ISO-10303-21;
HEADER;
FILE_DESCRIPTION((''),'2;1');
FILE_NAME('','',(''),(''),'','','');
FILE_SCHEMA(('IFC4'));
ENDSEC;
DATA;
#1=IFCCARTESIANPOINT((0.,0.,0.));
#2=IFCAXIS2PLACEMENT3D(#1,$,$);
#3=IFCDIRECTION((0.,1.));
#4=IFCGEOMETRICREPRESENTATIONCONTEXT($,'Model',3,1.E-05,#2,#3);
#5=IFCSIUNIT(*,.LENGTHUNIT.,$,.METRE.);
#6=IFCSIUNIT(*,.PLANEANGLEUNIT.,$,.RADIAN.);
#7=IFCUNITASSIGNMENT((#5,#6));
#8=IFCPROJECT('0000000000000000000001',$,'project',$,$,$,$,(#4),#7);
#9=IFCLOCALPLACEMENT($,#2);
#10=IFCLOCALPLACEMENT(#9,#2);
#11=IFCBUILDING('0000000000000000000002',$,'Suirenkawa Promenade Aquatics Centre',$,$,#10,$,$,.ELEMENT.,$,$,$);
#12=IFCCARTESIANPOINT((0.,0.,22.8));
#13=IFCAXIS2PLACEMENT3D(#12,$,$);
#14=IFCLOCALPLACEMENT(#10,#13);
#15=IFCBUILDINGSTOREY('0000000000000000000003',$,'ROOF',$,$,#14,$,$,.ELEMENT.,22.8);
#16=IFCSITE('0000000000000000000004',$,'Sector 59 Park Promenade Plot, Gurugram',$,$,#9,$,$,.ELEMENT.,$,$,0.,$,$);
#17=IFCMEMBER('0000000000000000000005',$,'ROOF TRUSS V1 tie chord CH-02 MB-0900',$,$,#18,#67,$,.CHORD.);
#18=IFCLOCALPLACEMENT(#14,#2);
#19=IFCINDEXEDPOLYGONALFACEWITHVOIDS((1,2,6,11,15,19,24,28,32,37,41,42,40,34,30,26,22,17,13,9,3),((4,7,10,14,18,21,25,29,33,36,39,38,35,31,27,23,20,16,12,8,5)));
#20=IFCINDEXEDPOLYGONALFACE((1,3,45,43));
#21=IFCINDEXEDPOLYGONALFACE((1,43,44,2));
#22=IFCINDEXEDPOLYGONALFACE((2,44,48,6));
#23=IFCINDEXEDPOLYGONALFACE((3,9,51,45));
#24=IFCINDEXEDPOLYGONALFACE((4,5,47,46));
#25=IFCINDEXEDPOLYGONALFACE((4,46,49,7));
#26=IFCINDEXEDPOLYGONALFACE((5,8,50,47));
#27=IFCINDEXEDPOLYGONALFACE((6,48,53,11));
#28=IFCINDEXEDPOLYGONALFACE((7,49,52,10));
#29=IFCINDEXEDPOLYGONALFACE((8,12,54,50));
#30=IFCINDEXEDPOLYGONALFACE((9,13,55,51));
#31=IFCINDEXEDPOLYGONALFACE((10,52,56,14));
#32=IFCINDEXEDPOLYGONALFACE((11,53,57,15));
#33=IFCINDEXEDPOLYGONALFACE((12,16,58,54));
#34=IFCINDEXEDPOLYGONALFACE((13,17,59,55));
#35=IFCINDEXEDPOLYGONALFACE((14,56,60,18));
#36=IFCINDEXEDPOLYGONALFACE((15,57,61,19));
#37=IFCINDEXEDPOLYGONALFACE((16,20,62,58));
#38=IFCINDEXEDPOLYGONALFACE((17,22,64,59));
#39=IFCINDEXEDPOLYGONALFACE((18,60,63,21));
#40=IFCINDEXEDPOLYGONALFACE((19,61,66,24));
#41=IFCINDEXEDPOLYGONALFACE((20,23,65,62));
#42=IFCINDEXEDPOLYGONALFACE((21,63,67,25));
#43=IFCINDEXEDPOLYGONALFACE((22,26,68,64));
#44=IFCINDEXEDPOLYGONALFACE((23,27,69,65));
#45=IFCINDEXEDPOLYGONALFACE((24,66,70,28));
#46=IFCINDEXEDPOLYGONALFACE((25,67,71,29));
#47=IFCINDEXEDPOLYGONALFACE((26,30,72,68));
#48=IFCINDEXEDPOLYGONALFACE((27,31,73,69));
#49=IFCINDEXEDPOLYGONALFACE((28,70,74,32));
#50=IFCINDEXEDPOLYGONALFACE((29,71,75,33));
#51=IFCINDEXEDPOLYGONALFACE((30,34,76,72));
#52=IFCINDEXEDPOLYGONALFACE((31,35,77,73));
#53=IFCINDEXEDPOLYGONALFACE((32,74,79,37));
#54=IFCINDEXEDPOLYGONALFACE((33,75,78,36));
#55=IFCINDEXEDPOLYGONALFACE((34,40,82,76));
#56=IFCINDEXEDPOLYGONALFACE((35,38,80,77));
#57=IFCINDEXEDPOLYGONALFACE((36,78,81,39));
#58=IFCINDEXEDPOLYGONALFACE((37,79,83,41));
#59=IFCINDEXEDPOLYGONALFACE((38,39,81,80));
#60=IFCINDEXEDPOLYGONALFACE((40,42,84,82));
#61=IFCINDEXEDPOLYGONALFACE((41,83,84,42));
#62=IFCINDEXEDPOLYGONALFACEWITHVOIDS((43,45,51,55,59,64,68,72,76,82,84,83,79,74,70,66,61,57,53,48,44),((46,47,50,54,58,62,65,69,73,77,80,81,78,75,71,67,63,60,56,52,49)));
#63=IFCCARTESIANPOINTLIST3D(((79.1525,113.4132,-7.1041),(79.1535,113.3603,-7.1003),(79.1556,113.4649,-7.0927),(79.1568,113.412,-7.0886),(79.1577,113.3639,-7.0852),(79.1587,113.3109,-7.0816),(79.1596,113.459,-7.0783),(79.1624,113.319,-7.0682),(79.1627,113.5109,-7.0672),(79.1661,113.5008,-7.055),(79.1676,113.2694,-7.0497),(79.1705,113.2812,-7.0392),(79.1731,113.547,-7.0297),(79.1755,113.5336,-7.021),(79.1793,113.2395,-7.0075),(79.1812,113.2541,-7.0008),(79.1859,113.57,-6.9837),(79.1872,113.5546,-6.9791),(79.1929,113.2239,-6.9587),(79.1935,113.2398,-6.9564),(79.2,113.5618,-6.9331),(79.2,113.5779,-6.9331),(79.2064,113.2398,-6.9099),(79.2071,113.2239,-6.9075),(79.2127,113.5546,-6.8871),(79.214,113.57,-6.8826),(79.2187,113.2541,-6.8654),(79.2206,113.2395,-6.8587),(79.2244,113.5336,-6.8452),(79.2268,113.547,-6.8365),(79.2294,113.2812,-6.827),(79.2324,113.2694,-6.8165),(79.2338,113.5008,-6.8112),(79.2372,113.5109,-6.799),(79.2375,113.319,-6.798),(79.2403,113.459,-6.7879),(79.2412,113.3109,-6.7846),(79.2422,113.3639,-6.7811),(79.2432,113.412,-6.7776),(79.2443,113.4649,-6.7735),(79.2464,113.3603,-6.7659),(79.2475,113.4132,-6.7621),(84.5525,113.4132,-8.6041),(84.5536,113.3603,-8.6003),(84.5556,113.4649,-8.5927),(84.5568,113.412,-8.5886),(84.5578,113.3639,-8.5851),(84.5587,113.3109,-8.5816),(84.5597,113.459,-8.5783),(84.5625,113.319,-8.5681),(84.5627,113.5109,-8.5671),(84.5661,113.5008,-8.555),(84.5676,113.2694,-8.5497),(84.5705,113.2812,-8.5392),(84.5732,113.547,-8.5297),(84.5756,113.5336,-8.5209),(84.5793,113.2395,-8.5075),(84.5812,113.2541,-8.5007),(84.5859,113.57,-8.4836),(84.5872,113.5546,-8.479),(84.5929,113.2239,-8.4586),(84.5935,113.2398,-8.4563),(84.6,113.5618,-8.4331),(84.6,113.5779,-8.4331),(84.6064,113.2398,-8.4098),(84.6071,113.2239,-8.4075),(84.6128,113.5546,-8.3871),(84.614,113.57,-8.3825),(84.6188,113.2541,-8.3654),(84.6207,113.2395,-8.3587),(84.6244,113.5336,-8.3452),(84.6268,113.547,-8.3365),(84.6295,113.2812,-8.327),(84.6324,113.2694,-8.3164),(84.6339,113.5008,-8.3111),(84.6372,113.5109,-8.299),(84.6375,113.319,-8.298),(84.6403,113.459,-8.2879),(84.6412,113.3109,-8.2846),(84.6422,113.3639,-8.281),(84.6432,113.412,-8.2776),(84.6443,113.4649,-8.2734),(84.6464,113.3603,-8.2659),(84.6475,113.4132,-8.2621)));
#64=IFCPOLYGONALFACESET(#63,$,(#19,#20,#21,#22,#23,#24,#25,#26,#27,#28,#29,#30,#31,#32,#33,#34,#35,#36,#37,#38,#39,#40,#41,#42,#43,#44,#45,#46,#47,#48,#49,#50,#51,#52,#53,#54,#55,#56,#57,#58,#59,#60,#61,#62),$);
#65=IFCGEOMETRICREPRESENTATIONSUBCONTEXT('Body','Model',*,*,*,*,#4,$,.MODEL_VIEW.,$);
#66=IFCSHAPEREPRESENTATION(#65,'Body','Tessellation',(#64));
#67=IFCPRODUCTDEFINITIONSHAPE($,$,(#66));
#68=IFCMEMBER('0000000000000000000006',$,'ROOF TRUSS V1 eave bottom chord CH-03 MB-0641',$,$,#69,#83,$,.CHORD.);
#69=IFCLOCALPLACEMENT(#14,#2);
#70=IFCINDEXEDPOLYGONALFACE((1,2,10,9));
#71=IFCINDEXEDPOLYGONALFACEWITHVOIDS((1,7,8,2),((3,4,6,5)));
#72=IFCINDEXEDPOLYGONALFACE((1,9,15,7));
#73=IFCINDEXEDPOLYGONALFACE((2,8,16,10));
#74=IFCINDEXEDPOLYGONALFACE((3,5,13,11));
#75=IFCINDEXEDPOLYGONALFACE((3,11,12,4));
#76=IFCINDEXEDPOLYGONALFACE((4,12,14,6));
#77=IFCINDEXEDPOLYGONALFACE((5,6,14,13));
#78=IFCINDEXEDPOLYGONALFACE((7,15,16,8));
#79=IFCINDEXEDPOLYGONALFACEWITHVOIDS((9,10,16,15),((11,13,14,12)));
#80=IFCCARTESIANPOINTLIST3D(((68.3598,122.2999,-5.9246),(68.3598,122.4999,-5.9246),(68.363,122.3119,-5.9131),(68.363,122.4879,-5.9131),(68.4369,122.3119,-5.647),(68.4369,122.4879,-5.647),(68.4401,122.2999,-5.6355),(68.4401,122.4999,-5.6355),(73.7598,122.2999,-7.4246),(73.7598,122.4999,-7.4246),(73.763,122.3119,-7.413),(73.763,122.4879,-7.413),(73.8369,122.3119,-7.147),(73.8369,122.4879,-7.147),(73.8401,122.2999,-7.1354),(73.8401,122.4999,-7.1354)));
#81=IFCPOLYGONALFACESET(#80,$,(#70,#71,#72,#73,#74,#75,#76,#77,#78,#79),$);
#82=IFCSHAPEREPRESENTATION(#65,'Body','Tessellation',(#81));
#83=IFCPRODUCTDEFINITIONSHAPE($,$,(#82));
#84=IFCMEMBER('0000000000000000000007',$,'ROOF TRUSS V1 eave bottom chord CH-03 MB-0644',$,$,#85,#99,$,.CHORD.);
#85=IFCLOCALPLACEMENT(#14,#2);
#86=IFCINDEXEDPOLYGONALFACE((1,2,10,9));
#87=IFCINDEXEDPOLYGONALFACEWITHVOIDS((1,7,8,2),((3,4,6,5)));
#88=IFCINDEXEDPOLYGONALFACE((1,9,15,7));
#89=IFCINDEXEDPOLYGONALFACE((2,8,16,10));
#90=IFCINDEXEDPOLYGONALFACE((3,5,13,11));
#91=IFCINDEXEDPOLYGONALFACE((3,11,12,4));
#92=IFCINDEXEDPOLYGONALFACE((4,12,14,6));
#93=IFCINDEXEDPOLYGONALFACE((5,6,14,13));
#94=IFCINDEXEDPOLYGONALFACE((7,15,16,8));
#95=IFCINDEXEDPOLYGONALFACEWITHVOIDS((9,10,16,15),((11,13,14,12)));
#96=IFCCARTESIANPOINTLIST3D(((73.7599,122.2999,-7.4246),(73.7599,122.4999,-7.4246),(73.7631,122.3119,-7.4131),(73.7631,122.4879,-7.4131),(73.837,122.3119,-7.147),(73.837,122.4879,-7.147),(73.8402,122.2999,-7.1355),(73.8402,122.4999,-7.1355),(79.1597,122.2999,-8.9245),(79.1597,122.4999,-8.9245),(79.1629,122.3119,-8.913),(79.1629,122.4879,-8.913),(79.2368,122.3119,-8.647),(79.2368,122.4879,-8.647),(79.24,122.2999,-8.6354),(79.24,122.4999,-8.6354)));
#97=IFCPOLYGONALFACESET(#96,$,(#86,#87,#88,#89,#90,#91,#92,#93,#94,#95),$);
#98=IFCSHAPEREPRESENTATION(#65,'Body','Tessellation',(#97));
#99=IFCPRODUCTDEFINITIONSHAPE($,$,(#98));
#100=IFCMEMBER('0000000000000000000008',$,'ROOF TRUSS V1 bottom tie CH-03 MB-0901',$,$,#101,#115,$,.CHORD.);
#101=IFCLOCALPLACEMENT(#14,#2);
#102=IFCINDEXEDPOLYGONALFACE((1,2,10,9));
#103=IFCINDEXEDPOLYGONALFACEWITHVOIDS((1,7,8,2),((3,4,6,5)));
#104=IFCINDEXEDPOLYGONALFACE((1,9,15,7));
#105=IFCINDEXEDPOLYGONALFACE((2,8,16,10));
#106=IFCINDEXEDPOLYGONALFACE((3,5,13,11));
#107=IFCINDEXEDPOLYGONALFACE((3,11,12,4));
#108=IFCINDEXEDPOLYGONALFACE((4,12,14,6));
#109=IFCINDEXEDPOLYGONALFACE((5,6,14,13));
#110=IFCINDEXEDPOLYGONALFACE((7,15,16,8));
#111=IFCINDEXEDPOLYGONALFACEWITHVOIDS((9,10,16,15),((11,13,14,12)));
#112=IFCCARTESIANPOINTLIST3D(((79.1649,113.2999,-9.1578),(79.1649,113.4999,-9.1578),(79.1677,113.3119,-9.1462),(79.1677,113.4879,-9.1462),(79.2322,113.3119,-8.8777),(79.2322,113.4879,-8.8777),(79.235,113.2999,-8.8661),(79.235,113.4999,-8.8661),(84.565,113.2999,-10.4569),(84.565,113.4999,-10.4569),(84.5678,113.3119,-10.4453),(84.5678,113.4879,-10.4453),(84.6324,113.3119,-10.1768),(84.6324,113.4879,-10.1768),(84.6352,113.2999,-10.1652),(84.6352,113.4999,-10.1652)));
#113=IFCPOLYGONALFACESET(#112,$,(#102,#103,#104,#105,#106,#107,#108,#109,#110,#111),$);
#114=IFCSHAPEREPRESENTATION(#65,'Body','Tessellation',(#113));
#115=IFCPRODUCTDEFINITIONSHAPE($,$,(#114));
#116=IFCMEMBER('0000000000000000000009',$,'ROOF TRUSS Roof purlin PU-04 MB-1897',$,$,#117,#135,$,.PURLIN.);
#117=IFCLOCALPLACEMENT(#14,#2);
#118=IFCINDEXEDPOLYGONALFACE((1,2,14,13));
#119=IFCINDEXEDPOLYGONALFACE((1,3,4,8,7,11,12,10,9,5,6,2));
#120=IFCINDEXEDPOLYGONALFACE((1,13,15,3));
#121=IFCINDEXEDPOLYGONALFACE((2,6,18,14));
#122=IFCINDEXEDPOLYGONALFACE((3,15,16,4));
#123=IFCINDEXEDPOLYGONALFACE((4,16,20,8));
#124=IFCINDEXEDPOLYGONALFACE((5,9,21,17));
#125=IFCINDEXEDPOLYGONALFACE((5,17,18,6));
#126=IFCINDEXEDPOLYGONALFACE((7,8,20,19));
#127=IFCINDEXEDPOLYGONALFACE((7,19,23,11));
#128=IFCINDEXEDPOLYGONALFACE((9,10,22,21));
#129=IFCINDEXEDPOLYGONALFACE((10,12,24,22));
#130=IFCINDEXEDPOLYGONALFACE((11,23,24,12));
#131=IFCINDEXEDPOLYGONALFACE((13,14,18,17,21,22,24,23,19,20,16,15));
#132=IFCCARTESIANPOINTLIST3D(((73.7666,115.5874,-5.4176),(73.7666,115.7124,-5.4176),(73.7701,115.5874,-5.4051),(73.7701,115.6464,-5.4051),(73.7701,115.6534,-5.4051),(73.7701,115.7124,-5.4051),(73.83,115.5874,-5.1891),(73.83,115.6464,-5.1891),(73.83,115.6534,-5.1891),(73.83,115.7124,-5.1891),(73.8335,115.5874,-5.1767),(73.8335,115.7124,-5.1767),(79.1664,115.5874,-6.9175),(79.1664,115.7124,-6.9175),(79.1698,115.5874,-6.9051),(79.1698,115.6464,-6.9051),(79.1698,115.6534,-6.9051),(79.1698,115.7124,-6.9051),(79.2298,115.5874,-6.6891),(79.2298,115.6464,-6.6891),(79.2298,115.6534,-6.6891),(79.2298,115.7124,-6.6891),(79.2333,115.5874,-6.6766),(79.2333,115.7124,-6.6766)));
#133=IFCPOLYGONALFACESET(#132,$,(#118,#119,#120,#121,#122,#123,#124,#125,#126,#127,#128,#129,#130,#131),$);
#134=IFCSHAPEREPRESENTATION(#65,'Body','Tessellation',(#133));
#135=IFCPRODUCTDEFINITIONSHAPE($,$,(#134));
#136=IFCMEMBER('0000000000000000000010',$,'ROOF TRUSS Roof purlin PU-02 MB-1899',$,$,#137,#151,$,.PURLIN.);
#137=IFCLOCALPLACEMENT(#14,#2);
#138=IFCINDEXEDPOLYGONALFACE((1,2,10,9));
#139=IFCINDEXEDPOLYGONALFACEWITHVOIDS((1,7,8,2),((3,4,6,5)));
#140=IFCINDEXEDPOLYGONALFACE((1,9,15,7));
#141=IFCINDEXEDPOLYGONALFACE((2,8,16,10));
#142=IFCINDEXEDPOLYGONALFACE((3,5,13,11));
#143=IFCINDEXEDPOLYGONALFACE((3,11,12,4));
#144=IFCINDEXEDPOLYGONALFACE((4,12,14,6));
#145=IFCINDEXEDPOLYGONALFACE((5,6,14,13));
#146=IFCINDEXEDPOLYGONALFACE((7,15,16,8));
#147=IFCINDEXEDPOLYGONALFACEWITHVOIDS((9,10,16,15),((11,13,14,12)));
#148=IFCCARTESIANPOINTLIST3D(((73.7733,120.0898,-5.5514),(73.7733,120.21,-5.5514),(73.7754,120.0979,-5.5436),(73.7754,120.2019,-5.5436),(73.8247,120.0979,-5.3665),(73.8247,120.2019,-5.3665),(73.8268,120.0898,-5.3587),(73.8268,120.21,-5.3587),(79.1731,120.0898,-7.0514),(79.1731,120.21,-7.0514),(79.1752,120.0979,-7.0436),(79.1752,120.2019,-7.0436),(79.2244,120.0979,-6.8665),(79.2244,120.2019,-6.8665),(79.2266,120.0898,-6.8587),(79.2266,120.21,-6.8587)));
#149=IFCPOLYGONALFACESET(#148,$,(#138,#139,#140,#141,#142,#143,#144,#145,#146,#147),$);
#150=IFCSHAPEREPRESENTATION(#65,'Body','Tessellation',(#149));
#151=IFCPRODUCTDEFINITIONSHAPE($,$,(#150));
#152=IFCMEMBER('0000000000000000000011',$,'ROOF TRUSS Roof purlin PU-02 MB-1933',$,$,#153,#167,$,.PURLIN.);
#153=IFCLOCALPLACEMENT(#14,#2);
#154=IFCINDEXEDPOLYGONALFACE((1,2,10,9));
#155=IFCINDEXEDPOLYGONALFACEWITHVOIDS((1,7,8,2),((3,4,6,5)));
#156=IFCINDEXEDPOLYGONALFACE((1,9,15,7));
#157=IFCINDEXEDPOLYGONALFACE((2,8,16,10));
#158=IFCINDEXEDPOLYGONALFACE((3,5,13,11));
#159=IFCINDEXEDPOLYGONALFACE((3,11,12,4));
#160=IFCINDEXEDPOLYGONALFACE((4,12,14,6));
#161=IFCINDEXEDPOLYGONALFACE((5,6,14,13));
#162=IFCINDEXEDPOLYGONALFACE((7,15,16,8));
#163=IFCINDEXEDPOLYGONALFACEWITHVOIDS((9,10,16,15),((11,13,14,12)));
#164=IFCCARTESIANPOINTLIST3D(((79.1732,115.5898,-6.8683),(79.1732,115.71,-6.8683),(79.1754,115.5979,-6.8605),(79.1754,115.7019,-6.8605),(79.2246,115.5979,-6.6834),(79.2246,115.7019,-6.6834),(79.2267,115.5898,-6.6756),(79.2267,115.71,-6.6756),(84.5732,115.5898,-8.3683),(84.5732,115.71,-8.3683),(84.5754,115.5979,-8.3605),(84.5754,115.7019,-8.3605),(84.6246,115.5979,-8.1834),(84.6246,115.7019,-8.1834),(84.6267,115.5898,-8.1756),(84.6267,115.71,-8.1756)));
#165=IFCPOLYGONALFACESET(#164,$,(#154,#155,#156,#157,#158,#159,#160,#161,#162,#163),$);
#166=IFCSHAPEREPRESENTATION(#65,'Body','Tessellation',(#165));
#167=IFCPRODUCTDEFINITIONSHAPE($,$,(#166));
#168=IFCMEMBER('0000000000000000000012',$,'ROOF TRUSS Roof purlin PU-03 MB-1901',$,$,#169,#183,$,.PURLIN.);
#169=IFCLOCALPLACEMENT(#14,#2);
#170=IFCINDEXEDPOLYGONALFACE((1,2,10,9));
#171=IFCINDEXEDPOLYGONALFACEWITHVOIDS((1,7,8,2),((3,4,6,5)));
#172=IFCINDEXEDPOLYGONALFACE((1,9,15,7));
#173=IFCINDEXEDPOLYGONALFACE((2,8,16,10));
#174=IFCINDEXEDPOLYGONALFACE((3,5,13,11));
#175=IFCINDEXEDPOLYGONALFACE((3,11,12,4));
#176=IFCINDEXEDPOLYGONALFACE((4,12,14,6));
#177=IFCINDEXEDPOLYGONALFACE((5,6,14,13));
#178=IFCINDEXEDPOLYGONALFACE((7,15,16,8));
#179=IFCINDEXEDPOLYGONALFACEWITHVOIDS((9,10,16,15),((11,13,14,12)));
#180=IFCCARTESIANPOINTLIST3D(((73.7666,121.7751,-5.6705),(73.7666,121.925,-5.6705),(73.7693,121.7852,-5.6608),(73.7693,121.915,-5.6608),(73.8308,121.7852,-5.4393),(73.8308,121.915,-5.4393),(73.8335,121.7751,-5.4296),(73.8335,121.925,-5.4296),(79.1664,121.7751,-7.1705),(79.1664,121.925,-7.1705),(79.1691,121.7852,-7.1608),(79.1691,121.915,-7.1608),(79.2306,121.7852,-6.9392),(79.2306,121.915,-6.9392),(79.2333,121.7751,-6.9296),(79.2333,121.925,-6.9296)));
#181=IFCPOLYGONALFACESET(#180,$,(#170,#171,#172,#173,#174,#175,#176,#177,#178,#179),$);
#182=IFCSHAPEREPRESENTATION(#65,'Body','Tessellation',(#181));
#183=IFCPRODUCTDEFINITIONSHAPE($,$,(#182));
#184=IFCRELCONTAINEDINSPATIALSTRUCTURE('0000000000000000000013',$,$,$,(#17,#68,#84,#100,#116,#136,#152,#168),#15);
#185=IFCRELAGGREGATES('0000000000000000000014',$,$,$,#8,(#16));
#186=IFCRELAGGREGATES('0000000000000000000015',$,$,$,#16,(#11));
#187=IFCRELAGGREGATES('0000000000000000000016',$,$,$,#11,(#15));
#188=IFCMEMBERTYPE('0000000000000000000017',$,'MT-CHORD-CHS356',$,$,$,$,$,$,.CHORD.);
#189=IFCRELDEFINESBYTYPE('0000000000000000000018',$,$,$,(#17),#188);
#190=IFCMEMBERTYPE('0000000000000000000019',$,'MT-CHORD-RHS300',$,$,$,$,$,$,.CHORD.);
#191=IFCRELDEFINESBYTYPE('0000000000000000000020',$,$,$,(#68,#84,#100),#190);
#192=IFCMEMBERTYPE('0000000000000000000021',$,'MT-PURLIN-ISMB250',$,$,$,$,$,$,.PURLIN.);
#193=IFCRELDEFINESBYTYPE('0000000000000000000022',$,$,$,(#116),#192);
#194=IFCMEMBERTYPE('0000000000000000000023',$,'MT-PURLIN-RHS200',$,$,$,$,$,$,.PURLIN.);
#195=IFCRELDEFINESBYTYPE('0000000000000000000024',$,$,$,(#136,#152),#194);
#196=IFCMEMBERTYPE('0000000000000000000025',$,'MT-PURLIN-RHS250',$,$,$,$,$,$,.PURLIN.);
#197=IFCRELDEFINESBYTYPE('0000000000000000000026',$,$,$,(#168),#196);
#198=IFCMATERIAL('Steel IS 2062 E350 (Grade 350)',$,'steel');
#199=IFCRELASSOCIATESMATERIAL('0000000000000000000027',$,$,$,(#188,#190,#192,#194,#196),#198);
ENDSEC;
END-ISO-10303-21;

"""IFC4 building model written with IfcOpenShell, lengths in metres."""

from ifc_helpers import new_model, si_unit, direction, frame, origin, origin_2d, place, context, subcontext, project, spatial, hollow_rectangle, hollow_circle, i_section, extrude, material, material_profile, profile_set, type_object, element, save


model = new_model("IFC4")

# Units and contexts
model_context = context("Model", 3, precision=1e-05, world=origin(), true_north=direction((0.0, 1.0)))
body_context = subcontext(model_context, "Body", "Model", "MODEL_VIEW")
ifc_project = project(units=[si_unit("LENGTHUNIT", "METRE"), si_unit("PLANEANGLEUNIT", "RADIAN")], contexts=[model_context])

# Site, building, storey
site_placement = place(None, origin())
site = spatial("IfcSite", under=ifc_project, at=site_placement, Name="Sector 59 Park Promenade Plot, Gurugram", CompositionType="ELEMENT", RefElevation=0.0)
building_placement = place(site_placement, origin())
building = spatial("IfcBuilding", under=site, at=building_placement, Name="Suirenkawa Promenade Aquatics Centre", CompositionType="ELEMENT")
storey_placement = place(building_placement, frame((0.0, 0.0, 22.8)))
storey = spatial("IfcBuildingStorey", under=building, at=storey_placement, Name="ROOF", CompositionType="ELEMENT", Elevation=22.8)

# Shared definitions
ifc_material = material(Name="Steel IS 2062 E350 (Grade 350)", Category="steel")

# Members
ifc_material_profile_1 = material_profile(ifc_material, hollow_circle(Radius=0.178, WallThickness=0.0161, at=origin_2d()), Name="CHS 356x16", Category="steel")
ifc_profile_set_1 = profile_set([ifc_material_profile_1], Name="Steel IS 2062 E350 (Grade 350)")
member_type_1 = type_object("IfcMemberType", Name="MT-CHORD-CHS356", PredefinedType="CHORD", material=ifc_profile_set_1)
member_1_placement = place(storey_placement, frame((79.2, 113.3999, -6.9331), z_axis=(0.96352, 0.0, -0.267637), x_axis=(0.0, 1.0, 0.0)))
element("IfcMember", 1, at=member_1_placement, inside=storey, type_object=member_type_1, Name="ROOF TRUSS V1 tie chord CH-02 MB-0900", PredefinedType="CHORD", context=body_context, shape_type="SweptSolid", body=[
    extrude(hollow_circle(Radius=0.178, WallThickness=0.0161, at=origin_2d()), origin(), (0.0, 0.0, 1.0), 5.6045),
])
ifc_material_profile_2 = material_profile(ifc_material, hollow_rectangle(XDim=0.2, YDim=0.3, WallThickness=0.012, at=origin_2d()), Name="RHS 300x200x12", Category="steel")
ifc_profile_set_2 = profile_set([ifc_material_profile_2], Name="Steel IS 2062 E350 (Grade 350)")
member_type_2 = type_object("IfcMemberType", Name="MT-CHORD-RHS300", PredefinedType="CHORD", material=ifc_profile_set_2)
member_2_placement = place(storey_placement, frame((68.3999, 122.3999, -5.78), z_axis=(0.96352, 0.0, -0.267637), x_axis=(0.0, 1.0, 0.0)))
element("IfcMember", 2, at=member_2_placement, inside=storey, type_object=member_type_2, Name="ROOF TRUSS V1 eave bottom chord CH-03 MB-0641", PredefinedType="CHORD", context=body_context, shape_type="SweptSolid", body=[
    extrude(hollow_rectangle(XDim=0.2, YDim=0.3, WallThickness=0.012, at=origin_2d()), origin(), (0.0, 0.0, 1.0), 5.6045),
])
member_3_placement = place(storey_placement, frame((73.8, 122.3999, -7.28), z_axis=(0.963517, 0.0, -0.267648), x_axis=(0.0, 1.0, 0.0)))
element("IfcMember", 3, at=member_3_placement, inside=storey, type_object=member_type_2, Name="ROOF TRUSS V1 eave bottom chord CH-03 MB-0644", PredefinedType="CHORD", context=body_context, shape_type="SweptSolid", body=[
    extrude(hollow_rectangle(XDim=0.2, YDim=0.3, WallThickness=0.012, at=origin_2d()), origin(), (0.0, 0.0, 1.0), 5.6042),
])
member_4_placement = place(storey_placement, frame((79.2, 113.3999, -9.012), z_axis=(0.972263, 0.0, -0.23389), x_axis=(0.0, 1.0, 0.0)))
element("IfcMember", 4, at=member_4_placement, inside=storey, type_object=member_type_2, Name="ROOF TRUSS V1 bottom tie CH-03 MB-0901", PredefinedType="CHORD", context=body_context, shape_type="SweptSolid", body=[
    extrude(hollow_rectangle(XDim=0.2, YDim=0.3, WallThickness=0.012, at=origin_2d()), origin(), (0.0, 0.0, 1.0), 5.5542),
])
ifc_material_profile_3 = material_profile(ifc_material, i_section(OverallWidth=0.125, OverallDepth=0.25, WebThickness=0.0071, FlangeThickness=0.0129, at=origin_2d()), Name="ISMB 250", Category="steel")
ifc_profile_set_3 = profile_set([ifc_material_profile_3], Name="Steel IS 2062 E350 (Grade 350)")
member_type_3 = type_object("IfcMemberType", Name="MT-PURLIN-ISMB250", PredefinedType="PURLIN", material=ifc_profile_set_3)
member_5_placement = place(storey_placement, frame((73.8, 115.6499, -5.2971), z_axis=(0.963517, 0.0, -0.267648), x_axis=(0.0, 1.0, 0.0)))
element("IfcMember", 5, at=member_5_placement, inside=storey, type_object=member_type_3, Name="ROOF TRUSS Roof purlin PU-04 MB-1897", PredefinedType="PURLIN", context=body_context, shape_type="SweptSolid", body=[
    extrude(i_section(OverallWidth=0.125, OverallDepth=0.25, WebThickness=0.0071, FlangeThickness=0.0129, at=origin_2d()), origin(), (0.0, 0.0, 1.0), 5.6042),
])
ifc_material_profile_4 = material_profile(ifc_material, hollow_rectangle(XDim=0.1201, YDim=0.2, WallThickness=0.0081, at=origin_2d()), Name="RHS 200x120x8", Category="steel")
ifc_profile_set_4 = profile_set([ifc_material_profile_4], Name="Steel IS 2062 E350 (Grade 350)")
member_type_4 = type_object("IfcMemberType", Name="MT-PURLIN-RHS200", PredefinedType="PURLIN", material=ifc_profile_set_4)
member_6_placement = place(storey_placement, frame((73.8, 120.1499, -5.4551), z_axis=(0.963517, 0.0, -0.267648), x_axis=(0.0, 1.0, 0.0)))
element("IfcMember", 6, at=member_6_placement, inside=storey, type_object=member_type_4, Name="ROOF TRUSS Roof purlin PU-02 MB-1899", PredefinedType="PURLIN", context=body_context, shape_type="SweptSolid", body=[
    extrude(hollow_rectangle(XDim=0.1201, YDim=0.2, WallThickness=0.0081, at=origin_2d()), origin(), (0.0, 0.0, 1.0), 5.6042),
])
member_7_placement = place(storey_placement, frame((79.2, 115.6499, -6.772), z_axis=(0.96352, 0.0, -0.267637), x_axis=(0.0, 1.0, 0.0)))
element("IfcMember", 7, at=member_7_placement, inside=storey, type_object=member_type_4, Name="ROOF TRUSS Roof purlin PU-02 MB-1933", PredefinedType="PURLIN", context=body_context, shape_type="SweptSolid", body=[
    extrude(hollow_rectangle(XDim=0.1201, YDim=0.2, WallThickness=0.0081, at=origin_2d()), origin(), (0.0, 0.0, 1.0), 5.6045),
])
ifc_material_profile_5 = material_profile(ifc_material, hollow_rectangle(XDim=0.1499, YDim=0.25, WallThickness=0.01, at=origin_2d()), Name="RHS 250x150x10", Category="steel")
ifc_profile_set_5 = profile_set([ifc_material_profile_5], Name="Steel IS 2062 E350 (Grade 350)")
member_type_5 = type_object("IfcMemberType", Name="MT-PURLIN-RHS250", PredefinedType="PURLIN", material=ifc_profile_set_5)
member_8_placement = place(storey_placement, frame((73.8, 121.8501, -5.55), z_axis=(0.963517, 0.0, -0.267648), x_axis=(0.0, 1.0, 0.0)))
element("IfcMember", 8, at=member_8_placement, inside=storey, type_object=member_type_5, Name="ROOF TRUSS Roof purlin PU-03 MB-1901", PredefinedType="PURLIN", context=body_context, shape_type="SweptSolid", body=[
    extrude(hollow_rectangle(XDim=0.1499, YDim=0.25, WallThickness=0.01, at=origin_2d()), origin(), (0.0, 0.0, 1.0), 5.6042),
])

save(model, "model.ifc")
